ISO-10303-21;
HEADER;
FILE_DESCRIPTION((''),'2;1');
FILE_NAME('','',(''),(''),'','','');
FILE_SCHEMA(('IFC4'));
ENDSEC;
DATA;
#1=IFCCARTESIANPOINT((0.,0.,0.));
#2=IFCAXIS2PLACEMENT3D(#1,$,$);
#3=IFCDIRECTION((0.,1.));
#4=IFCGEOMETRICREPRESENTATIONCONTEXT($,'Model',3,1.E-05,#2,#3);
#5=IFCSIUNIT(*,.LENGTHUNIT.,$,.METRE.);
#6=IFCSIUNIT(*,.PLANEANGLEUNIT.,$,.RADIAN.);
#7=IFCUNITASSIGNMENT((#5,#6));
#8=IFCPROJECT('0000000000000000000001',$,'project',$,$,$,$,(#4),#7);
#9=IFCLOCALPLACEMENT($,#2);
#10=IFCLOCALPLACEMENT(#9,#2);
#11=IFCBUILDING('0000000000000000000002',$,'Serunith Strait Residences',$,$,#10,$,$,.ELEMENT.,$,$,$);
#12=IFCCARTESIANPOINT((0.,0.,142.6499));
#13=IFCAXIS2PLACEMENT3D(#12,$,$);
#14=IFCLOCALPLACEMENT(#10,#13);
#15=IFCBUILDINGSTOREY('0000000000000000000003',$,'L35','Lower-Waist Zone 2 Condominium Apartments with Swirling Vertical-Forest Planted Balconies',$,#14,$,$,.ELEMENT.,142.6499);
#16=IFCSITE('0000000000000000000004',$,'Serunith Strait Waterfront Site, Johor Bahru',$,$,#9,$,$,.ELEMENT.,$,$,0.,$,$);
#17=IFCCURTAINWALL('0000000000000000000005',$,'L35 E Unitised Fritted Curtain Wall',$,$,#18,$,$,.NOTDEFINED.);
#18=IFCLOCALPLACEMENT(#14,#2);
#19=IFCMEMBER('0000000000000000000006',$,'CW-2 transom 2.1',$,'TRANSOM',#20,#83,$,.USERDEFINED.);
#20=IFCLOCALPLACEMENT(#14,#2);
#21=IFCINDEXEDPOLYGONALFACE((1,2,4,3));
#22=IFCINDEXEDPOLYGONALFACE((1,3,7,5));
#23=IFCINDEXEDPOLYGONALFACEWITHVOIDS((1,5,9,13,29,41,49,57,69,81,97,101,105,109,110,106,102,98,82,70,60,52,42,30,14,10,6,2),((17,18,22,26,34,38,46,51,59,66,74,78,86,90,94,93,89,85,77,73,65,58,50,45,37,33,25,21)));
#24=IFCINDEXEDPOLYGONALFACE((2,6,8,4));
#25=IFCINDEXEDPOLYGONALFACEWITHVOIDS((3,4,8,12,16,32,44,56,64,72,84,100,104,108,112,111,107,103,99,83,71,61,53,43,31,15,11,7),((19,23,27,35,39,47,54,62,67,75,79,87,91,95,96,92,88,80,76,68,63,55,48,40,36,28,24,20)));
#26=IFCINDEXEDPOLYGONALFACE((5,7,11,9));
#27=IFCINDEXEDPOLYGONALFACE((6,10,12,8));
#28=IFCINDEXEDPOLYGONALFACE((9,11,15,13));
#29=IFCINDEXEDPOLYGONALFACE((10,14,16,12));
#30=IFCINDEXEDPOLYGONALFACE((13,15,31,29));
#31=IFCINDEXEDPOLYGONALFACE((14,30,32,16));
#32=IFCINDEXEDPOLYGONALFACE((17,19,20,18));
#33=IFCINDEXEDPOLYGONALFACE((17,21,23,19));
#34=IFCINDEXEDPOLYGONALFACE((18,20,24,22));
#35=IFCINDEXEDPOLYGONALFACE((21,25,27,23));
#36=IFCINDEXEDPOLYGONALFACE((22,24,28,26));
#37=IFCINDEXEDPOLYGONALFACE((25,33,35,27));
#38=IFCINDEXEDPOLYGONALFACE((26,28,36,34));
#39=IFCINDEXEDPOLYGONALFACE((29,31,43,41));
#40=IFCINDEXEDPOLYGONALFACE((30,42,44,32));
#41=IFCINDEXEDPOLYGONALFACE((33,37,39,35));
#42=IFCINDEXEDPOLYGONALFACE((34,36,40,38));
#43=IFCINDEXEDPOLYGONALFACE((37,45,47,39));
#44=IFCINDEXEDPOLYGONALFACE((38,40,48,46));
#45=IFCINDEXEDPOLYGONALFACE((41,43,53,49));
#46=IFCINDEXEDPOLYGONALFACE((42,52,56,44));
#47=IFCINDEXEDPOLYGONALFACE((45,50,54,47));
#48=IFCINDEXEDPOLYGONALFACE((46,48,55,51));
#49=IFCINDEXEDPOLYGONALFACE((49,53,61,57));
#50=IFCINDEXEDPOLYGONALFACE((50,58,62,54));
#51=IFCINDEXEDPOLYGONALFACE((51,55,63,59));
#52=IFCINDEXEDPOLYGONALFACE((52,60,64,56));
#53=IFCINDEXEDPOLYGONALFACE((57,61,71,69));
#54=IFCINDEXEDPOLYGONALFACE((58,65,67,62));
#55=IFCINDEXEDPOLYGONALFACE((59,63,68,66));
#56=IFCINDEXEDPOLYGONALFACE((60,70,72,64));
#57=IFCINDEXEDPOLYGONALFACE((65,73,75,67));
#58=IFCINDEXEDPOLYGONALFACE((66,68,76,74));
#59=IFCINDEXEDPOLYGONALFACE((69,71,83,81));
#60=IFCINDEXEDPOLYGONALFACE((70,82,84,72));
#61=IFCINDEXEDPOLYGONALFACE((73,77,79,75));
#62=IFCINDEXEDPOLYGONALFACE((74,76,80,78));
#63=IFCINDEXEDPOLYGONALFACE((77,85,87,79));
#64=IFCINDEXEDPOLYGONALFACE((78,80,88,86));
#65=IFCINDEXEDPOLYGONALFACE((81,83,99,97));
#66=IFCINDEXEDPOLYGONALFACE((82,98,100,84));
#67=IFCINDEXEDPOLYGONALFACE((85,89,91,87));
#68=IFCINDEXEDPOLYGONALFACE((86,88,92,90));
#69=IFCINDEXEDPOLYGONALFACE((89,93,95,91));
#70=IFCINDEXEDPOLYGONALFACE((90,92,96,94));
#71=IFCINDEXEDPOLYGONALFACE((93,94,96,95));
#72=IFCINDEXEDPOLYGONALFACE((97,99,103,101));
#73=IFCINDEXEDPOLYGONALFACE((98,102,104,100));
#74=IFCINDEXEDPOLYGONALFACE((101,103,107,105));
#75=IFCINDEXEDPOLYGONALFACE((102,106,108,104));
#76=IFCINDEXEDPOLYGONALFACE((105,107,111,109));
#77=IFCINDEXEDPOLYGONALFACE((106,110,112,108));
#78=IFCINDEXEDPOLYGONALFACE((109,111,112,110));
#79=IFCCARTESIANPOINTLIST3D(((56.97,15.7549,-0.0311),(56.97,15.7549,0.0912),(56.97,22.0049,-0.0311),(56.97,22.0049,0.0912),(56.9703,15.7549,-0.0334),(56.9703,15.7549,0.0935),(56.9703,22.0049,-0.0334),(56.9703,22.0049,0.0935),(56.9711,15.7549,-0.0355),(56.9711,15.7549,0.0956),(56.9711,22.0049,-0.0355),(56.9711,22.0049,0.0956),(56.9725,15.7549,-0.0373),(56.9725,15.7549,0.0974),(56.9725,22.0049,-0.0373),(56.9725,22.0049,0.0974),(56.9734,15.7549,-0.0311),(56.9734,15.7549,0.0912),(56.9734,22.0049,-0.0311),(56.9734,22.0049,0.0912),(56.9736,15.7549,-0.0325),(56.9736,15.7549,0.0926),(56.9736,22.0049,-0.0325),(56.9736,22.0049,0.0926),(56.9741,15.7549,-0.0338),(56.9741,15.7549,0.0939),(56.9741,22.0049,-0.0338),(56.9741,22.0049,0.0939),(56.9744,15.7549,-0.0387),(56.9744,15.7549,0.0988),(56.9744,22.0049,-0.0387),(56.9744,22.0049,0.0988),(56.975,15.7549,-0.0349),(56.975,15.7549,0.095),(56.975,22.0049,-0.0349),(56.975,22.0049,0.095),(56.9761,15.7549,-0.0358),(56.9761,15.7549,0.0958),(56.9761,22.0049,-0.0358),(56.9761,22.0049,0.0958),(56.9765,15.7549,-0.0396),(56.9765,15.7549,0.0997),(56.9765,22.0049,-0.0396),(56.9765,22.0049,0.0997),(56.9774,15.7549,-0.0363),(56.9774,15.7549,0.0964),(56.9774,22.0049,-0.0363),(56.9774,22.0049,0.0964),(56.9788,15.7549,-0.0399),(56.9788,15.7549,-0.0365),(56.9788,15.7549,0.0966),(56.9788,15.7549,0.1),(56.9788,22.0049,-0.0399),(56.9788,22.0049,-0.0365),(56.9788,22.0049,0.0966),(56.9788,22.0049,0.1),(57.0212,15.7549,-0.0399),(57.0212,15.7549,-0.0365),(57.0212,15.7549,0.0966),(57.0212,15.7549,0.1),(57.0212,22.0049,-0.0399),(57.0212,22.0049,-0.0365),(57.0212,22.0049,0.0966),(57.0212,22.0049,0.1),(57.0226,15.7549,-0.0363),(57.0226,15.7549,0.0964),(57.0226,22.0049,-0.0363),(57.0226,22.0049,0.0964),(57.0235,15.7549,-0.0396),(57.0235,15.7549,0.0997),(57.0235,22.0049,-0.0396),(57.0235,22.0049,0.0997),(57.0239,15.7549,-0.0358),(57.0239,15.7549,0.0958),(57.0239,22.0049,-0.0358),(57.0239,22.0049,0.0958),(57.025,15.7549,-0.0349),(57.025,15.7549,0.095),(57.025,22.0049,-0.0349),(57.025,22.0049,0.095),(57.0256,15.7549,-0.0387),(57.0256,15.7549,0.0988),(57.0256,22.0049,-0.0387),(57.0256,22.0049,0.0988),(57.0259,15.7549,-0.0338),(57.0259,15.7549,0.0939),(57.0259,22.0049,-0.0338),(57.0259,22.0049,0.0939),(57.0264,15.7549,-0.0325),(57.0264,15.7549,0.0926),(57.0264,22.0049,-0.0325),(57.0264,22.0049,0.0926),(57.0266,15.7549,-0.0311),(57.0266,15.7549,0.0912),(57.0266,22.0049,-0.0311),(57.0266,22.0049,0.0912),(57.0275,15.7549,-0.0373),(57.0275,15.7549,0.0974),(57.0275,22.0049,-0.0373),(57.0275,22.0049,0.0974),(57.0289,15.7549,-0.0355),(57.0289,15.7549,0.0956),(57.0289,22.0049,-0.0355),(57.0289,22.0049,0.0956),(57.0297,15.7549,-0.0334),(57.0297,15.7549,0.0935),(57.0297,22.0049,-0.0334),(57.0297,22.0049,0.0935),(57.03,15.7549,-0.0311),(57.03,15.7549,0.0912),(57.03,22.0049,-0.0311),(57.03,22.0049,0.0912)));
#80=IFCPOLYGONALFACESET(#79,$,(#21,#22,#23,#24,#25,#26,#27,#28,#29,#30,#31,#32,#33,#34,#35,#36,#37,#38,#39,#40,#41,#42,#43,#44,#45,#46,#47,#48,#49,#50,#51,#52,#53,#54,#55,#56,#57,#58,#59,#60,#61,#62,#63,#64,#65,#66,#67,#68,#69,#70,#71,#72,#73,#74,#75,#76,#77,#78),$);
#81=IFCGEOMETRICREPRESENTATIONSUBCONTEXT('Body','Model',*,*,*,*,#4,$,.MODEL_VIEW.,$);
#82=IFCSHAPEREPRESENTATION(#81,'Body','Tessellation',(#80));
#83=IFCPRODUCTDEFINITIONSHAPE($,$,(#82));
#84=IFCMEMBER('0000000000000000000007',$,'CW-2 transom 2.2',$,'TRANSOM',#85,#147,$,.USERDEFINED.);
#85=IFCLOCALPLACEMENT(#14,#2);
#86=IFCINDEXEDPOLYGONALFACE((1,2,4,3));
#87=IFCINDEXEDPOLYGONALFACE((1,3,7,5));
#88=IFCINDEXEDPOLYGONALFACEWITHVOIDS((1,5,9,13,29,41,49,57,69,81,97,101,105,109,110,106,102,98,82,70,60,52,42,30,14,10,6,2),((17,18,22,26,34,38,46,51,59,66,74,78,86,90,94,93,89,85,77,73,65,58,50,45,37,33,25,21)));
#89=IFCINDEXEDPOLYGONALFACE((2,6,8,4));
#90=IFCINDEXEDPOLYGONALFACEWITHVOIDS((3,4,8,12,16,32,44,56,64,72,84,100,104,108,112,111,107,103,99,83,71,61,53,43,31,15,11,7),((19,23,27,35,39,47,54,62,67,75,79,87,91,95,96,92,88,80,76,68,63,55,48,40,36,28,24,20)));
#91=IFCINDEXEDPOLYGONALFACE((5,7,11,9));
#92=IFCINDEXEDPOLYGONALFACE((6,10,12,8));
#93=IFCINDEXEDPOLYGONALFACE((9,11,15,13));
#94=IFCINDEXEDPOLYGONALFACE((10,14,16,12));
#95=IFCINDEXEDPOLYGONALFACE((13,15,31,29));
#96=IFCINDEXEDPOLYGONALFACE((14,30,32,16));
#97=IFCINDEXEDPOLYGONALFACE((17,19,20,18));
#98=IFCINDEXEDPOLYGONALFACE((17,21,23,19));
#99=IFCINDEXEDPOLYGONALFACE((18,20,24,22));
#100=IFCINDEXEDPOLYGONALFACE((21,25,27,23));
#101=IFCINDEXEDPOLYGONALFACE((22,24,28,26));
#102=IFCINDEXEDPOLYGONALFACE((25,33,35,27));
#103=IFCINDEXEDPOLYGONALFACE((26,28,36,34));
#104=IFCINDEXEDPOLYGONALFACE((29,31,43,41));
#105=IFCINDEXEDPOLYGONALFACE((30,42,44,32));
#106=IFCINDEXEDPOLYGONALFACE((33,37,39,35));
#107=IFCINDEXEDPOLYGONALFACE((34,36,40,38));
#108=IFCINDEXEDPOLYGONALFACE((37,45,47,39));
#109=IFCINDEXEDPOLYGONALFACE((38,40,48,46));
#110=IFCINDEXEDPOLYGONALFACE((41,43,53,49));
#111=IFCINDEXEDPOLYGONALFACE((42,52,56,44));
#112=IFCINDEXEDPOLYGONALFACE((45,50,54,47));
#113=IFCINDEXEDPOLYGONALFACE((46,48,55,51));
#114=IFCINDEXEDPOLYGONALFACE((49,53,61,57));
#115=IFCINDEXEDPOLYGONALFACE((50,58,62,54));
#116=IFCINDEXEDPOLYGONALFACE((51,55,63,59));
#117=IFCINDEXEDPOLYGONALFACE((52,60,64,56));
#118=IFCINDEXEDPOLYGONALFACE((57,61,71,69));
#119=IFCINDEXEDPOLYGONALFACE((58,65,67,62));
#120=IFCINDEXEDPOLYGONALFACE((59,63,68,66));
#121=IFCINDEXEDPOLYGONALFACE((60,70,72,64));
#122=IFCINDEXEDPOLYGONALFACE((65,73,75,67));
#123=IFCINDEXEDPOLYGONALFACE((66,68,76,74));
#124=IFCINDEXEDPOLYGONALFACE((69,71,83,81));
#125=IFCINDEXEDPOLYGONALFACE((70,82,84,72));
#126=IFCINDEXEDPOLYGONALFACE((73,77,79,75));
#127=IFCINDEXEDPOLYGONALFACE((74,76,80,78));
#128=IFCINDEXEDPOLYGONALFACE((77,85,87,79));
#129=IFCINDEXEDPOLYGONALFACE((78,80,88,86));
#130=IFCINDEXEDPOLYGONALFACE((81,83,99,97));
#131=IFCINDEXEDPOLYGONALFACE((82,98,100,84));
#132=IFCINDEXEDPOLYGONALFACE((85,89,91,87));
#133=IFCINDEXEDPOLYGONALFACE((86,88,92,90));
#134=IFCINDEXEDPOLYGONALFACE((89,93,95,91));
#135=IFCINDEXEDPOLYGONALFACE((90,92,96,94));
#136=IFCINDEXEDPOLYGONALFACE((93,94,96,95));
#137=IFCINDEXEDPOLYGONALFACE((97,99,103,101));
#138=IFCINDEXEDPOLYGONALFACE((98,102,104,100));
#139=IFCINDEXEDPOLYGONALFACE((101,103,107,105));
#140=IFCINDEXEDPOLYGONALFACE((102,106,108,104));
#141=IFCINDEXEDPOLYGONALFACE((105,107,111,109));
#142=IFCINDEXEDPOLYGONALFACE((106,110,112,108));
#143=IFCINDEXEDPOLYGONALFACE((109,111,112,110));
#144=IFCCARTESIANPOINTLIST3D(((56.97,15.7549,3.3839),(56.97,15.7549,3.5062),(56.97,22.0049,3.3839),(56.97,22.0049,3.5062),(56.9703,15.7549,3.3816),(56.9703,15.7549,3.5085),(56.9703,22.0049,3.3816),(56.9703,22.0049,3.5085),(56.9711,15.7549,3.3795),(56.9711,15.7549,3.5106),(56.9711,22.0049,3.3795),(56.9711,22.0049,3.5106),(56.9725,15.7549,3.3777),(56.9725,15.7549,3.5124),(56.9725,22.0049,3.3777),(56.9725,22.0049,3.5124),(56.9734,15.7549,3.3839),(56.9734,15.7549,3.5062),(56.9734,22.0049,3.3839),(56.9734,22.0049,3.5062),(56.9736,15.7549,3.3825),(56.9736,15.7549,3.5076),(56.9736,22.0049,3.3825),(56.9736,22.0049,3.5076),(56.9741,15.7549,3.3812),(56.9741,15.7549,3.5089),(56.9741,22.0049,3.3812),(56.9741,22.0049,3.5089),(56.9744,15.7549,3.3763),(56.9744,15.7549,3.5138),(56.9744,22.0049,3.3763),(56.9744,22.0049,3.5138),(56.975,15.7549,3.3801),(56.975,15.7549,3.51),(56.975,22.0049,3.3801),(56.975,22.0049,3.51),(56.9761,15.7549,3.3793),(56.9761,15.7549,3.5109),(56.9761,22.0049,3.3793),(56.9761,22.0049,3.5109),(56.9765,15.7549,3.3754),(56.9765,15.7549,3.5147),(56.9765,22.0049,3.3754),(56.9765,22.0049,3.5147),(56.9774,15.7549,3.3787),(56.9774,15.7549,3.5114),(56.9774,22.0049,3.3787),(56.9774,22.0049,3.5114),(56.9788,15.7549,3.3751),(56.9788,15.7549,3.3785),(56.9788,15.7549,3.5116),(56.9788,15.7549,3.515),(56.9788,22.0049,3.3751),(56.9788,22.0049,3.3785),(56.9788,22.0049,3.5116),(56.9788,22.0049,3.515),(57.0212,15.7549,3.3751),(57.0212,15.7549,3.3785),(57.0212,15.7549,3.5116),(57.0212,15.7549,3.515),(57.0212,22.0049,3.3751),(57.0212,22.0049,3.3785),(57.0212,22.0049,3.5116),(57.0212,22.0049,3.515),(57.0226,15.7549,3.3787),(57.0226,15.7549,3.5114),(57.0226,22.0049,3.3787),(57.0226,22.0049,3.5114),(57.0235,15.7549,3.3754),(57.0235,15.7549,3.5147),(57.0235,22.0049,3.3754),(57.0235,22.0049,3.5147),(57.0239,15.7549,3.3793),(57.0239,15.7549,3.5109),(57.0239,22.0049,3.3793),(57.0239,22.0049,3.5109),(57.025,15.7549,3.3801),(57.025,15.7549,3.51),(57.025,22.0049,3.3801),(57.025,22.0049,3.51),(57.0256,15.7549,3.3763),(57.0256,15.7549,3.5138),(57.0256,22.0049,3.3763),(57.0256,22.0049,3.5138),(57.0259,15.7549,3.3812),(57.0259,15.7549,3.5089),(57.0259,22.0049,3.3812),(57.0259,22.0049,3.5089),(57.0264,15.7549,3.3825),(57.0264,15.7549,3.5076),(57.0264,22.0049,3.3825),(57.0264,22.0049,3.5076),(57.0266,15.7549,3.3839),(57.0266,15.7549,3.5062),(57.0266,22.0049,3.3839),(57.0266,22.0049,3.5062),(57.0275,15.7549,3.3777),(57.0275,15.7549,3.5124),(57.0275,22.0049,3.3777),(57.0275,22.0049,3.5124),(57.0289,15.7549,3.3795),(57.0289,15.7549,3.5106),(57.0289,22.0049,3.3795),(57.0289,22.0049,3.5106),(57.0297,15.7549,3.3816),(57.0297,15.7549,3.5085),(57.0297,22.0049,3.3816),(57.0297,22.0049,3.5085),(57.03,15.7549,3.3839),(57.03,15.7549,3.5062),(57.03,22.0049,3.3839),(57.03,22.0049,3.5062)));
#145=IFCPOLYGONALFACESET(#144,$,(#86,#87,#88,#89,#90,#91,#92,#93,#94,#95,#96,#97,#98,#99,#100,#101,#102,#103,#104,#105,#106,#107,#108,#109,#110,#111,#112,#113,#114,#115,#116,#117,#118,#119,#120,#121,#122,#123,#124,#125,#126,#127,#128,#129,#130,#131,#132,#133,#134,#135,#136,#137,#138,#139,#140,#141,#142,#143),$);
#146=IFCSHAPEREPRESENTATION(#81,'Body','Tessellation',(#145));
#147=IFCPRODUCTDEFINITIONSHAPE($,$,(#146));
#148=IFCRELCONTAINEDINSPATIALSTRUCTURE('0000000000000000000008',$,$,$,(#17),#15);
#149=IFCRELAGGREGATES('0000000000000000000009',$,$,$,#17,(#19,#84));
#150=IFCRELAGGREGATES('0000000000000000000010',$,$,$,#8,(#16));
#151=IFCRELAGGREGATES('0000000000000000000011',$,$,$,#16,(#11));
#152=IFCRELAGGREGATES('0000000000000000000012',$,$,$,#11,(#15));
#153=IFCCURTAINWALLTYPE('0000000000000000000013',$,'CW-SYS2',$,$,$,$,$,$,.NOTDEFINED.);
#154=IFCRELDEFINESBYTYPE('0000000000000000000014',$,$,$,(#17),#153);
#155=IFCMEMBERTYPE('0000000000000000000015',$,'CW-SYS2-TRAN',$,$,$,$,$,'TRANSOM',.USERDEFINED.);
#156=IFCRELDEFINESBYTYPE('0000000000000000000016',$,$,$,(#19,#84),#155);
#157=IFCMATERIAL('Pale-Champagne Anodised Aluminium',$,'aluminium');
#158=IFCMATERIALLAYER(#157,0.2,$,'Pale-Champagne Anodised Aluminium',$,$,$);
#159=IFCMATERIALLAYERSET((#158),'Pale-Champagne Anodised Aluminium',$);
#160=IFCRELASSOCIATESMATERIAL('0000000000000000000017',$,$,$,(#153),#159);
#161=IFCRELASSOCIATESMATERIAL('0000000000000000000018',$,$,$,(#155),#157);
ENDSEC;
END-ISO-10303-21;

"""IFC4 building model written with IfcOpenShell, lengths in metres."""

from ifc_helpers import new_model, si_unit, direction, frame, origin, origin_2d, place, context, subcontext, project, spatial, hollow_rectangle, extrude, source, transform, mapped, material, layer, layer_set, material_profile, profile_set, type_object, element, aggregate, save


model = new_model("IFC4")

# Units and contexts
model_context = context("Model", 3, precision=1e-05, world=origin(), true_north=direction((0.0, 1.0)))
body_context = subcontext(model_context, "Body", "Model", "MODEL_VIEW")
ifc_project = project(units=[si_unit("LENGTHUNIT", "METRE"), si_unit("PLANEANGLEUNIT", "RADIAN")], contexts=[model_context])

# Site, building, storey
site_placement = place(None, origin())
site = spatial("IfcSite", under=ifc_project, at=site_placement, Name="Serunith Strait Waterfront Site, Johor Bahru", CompositionType="ELEMENT", RefElevation=0.0)
building_placement = place(site_placement, origin())
building = spatial("IfcBuilding", under=site, at=building_placement, Name="Serunith Strait Residences", CompositionType="ELEMENT")
storey_placement = place(building_placement, frame((0.0, 0.0, 142.6499)))
storey = spatial("IfcBuildingStorey", under=building, at=storey_placement, Name="L35", Description="Lower-Waist Zone 2 Condominium Apartments with Swirling Vertical-Forest Planted Balconies", CompositionType="ELEMENT", Elevation=142.6499)

# Curtain wall, members
ifc_material_1 = material(Name="Pale-Champagne Anodised Aluminium", Category="aluminium")
ifc_layer_1 = layer(ifc_material_1, 0.2, Name="Pale-Champagne Anodised Aluminium")
ifc_layer_set_1 = layer_set([ifc_layer_1], Name="Pale-Champagne Anodised Aluminium")
curtain_wall_type = type_object("IfcCurtainWallType", Name="CW-SYS2", PredefinedType="NOTDEFINED", material=ifc_layer_set_1)
curtain_wall_placement = place(storey_placement, origin())
curtain_wall = element("IfcCurtainWall", 1, at=curtain_wall_placement, inside=storey, type_object=curtain_wall_type, Name="L35 E Unitised Fritted Curtain Wall", PredefinedType="NOTDEFINED")
ifc_material_profile_1 = material_profile(ifc_material_1, hollow_rectangle(XDim=0.0601, YDim=0.1399, WallThickness=0.0034, InnerFilletRadius=0.0054, OuterFilletRadius=0.0088, at=origin_2d()), Name="ALU 140x60x3.5")
ifc_profile_set_1 = profile_set([ifc_material_profile_1], Name="Pale-Champagne Anodised Aluminium")
member_type_1 = type_object("IfcMemberType", Name="CW-SYS2-TRAN", ElementType="TRANSOM", PredefinedType="USERDEFINED", material=ifc_profile_set_1)
shared_shape_1 = source(origin(), body_context, "Body", "SweptSolid", [
    extrude(hollow_rectangle(XDim=0.0601, YDim=0.1399, WallThickness=0.0034, InnerFilletRadius=0.0054, OuterFilletRadius=0.0088, at=origin_2d()), origin(), (0.0, 0.0, 1.0), 6.25),
])
member_1_placement = place(storey_placement, frame((57.0, 15.7549, 0.03), z_axis=(0.0, 1.0, 0.0), x_axis=(-1.0, 0.0, 0.0)))
member_1 = element("IfcMember", 2, at=member_1_placement, type_object=member_type_1, Name="CW-2 transom 2.1", ObjectType="TRANSOM", PredefinedType="USERDEFINED", context=body_context, shape_type="MappedRepresentation", body=[
    mapped(shared_shape_1, transform((0.0, 0.0, 0.0), scale=1.0)),
])
member_2_placement = place(storey_placement, frame((57.0, 15.7549, 3.4451), z_axis=(0.0, 1.0, 0.0), x_axis=(-1.0, 0.0, 0.0)))
member_2 = element("IfcMember", 3, at=member_2_placement, type_object=member_type_1, Name="CW-2 transom 2.2", ObjectType="TRANSOM", PredefinedType="USERDEFINED", context=body_context, shape_type="MappedRepresentation", body=[
    mapped(shared_shape_1, transform((0.0, 0.0, 0.0), scale=1.0)),
])
aggregate(curtain_wall, [member_1, member_2])

save(model, "model.ifc")
